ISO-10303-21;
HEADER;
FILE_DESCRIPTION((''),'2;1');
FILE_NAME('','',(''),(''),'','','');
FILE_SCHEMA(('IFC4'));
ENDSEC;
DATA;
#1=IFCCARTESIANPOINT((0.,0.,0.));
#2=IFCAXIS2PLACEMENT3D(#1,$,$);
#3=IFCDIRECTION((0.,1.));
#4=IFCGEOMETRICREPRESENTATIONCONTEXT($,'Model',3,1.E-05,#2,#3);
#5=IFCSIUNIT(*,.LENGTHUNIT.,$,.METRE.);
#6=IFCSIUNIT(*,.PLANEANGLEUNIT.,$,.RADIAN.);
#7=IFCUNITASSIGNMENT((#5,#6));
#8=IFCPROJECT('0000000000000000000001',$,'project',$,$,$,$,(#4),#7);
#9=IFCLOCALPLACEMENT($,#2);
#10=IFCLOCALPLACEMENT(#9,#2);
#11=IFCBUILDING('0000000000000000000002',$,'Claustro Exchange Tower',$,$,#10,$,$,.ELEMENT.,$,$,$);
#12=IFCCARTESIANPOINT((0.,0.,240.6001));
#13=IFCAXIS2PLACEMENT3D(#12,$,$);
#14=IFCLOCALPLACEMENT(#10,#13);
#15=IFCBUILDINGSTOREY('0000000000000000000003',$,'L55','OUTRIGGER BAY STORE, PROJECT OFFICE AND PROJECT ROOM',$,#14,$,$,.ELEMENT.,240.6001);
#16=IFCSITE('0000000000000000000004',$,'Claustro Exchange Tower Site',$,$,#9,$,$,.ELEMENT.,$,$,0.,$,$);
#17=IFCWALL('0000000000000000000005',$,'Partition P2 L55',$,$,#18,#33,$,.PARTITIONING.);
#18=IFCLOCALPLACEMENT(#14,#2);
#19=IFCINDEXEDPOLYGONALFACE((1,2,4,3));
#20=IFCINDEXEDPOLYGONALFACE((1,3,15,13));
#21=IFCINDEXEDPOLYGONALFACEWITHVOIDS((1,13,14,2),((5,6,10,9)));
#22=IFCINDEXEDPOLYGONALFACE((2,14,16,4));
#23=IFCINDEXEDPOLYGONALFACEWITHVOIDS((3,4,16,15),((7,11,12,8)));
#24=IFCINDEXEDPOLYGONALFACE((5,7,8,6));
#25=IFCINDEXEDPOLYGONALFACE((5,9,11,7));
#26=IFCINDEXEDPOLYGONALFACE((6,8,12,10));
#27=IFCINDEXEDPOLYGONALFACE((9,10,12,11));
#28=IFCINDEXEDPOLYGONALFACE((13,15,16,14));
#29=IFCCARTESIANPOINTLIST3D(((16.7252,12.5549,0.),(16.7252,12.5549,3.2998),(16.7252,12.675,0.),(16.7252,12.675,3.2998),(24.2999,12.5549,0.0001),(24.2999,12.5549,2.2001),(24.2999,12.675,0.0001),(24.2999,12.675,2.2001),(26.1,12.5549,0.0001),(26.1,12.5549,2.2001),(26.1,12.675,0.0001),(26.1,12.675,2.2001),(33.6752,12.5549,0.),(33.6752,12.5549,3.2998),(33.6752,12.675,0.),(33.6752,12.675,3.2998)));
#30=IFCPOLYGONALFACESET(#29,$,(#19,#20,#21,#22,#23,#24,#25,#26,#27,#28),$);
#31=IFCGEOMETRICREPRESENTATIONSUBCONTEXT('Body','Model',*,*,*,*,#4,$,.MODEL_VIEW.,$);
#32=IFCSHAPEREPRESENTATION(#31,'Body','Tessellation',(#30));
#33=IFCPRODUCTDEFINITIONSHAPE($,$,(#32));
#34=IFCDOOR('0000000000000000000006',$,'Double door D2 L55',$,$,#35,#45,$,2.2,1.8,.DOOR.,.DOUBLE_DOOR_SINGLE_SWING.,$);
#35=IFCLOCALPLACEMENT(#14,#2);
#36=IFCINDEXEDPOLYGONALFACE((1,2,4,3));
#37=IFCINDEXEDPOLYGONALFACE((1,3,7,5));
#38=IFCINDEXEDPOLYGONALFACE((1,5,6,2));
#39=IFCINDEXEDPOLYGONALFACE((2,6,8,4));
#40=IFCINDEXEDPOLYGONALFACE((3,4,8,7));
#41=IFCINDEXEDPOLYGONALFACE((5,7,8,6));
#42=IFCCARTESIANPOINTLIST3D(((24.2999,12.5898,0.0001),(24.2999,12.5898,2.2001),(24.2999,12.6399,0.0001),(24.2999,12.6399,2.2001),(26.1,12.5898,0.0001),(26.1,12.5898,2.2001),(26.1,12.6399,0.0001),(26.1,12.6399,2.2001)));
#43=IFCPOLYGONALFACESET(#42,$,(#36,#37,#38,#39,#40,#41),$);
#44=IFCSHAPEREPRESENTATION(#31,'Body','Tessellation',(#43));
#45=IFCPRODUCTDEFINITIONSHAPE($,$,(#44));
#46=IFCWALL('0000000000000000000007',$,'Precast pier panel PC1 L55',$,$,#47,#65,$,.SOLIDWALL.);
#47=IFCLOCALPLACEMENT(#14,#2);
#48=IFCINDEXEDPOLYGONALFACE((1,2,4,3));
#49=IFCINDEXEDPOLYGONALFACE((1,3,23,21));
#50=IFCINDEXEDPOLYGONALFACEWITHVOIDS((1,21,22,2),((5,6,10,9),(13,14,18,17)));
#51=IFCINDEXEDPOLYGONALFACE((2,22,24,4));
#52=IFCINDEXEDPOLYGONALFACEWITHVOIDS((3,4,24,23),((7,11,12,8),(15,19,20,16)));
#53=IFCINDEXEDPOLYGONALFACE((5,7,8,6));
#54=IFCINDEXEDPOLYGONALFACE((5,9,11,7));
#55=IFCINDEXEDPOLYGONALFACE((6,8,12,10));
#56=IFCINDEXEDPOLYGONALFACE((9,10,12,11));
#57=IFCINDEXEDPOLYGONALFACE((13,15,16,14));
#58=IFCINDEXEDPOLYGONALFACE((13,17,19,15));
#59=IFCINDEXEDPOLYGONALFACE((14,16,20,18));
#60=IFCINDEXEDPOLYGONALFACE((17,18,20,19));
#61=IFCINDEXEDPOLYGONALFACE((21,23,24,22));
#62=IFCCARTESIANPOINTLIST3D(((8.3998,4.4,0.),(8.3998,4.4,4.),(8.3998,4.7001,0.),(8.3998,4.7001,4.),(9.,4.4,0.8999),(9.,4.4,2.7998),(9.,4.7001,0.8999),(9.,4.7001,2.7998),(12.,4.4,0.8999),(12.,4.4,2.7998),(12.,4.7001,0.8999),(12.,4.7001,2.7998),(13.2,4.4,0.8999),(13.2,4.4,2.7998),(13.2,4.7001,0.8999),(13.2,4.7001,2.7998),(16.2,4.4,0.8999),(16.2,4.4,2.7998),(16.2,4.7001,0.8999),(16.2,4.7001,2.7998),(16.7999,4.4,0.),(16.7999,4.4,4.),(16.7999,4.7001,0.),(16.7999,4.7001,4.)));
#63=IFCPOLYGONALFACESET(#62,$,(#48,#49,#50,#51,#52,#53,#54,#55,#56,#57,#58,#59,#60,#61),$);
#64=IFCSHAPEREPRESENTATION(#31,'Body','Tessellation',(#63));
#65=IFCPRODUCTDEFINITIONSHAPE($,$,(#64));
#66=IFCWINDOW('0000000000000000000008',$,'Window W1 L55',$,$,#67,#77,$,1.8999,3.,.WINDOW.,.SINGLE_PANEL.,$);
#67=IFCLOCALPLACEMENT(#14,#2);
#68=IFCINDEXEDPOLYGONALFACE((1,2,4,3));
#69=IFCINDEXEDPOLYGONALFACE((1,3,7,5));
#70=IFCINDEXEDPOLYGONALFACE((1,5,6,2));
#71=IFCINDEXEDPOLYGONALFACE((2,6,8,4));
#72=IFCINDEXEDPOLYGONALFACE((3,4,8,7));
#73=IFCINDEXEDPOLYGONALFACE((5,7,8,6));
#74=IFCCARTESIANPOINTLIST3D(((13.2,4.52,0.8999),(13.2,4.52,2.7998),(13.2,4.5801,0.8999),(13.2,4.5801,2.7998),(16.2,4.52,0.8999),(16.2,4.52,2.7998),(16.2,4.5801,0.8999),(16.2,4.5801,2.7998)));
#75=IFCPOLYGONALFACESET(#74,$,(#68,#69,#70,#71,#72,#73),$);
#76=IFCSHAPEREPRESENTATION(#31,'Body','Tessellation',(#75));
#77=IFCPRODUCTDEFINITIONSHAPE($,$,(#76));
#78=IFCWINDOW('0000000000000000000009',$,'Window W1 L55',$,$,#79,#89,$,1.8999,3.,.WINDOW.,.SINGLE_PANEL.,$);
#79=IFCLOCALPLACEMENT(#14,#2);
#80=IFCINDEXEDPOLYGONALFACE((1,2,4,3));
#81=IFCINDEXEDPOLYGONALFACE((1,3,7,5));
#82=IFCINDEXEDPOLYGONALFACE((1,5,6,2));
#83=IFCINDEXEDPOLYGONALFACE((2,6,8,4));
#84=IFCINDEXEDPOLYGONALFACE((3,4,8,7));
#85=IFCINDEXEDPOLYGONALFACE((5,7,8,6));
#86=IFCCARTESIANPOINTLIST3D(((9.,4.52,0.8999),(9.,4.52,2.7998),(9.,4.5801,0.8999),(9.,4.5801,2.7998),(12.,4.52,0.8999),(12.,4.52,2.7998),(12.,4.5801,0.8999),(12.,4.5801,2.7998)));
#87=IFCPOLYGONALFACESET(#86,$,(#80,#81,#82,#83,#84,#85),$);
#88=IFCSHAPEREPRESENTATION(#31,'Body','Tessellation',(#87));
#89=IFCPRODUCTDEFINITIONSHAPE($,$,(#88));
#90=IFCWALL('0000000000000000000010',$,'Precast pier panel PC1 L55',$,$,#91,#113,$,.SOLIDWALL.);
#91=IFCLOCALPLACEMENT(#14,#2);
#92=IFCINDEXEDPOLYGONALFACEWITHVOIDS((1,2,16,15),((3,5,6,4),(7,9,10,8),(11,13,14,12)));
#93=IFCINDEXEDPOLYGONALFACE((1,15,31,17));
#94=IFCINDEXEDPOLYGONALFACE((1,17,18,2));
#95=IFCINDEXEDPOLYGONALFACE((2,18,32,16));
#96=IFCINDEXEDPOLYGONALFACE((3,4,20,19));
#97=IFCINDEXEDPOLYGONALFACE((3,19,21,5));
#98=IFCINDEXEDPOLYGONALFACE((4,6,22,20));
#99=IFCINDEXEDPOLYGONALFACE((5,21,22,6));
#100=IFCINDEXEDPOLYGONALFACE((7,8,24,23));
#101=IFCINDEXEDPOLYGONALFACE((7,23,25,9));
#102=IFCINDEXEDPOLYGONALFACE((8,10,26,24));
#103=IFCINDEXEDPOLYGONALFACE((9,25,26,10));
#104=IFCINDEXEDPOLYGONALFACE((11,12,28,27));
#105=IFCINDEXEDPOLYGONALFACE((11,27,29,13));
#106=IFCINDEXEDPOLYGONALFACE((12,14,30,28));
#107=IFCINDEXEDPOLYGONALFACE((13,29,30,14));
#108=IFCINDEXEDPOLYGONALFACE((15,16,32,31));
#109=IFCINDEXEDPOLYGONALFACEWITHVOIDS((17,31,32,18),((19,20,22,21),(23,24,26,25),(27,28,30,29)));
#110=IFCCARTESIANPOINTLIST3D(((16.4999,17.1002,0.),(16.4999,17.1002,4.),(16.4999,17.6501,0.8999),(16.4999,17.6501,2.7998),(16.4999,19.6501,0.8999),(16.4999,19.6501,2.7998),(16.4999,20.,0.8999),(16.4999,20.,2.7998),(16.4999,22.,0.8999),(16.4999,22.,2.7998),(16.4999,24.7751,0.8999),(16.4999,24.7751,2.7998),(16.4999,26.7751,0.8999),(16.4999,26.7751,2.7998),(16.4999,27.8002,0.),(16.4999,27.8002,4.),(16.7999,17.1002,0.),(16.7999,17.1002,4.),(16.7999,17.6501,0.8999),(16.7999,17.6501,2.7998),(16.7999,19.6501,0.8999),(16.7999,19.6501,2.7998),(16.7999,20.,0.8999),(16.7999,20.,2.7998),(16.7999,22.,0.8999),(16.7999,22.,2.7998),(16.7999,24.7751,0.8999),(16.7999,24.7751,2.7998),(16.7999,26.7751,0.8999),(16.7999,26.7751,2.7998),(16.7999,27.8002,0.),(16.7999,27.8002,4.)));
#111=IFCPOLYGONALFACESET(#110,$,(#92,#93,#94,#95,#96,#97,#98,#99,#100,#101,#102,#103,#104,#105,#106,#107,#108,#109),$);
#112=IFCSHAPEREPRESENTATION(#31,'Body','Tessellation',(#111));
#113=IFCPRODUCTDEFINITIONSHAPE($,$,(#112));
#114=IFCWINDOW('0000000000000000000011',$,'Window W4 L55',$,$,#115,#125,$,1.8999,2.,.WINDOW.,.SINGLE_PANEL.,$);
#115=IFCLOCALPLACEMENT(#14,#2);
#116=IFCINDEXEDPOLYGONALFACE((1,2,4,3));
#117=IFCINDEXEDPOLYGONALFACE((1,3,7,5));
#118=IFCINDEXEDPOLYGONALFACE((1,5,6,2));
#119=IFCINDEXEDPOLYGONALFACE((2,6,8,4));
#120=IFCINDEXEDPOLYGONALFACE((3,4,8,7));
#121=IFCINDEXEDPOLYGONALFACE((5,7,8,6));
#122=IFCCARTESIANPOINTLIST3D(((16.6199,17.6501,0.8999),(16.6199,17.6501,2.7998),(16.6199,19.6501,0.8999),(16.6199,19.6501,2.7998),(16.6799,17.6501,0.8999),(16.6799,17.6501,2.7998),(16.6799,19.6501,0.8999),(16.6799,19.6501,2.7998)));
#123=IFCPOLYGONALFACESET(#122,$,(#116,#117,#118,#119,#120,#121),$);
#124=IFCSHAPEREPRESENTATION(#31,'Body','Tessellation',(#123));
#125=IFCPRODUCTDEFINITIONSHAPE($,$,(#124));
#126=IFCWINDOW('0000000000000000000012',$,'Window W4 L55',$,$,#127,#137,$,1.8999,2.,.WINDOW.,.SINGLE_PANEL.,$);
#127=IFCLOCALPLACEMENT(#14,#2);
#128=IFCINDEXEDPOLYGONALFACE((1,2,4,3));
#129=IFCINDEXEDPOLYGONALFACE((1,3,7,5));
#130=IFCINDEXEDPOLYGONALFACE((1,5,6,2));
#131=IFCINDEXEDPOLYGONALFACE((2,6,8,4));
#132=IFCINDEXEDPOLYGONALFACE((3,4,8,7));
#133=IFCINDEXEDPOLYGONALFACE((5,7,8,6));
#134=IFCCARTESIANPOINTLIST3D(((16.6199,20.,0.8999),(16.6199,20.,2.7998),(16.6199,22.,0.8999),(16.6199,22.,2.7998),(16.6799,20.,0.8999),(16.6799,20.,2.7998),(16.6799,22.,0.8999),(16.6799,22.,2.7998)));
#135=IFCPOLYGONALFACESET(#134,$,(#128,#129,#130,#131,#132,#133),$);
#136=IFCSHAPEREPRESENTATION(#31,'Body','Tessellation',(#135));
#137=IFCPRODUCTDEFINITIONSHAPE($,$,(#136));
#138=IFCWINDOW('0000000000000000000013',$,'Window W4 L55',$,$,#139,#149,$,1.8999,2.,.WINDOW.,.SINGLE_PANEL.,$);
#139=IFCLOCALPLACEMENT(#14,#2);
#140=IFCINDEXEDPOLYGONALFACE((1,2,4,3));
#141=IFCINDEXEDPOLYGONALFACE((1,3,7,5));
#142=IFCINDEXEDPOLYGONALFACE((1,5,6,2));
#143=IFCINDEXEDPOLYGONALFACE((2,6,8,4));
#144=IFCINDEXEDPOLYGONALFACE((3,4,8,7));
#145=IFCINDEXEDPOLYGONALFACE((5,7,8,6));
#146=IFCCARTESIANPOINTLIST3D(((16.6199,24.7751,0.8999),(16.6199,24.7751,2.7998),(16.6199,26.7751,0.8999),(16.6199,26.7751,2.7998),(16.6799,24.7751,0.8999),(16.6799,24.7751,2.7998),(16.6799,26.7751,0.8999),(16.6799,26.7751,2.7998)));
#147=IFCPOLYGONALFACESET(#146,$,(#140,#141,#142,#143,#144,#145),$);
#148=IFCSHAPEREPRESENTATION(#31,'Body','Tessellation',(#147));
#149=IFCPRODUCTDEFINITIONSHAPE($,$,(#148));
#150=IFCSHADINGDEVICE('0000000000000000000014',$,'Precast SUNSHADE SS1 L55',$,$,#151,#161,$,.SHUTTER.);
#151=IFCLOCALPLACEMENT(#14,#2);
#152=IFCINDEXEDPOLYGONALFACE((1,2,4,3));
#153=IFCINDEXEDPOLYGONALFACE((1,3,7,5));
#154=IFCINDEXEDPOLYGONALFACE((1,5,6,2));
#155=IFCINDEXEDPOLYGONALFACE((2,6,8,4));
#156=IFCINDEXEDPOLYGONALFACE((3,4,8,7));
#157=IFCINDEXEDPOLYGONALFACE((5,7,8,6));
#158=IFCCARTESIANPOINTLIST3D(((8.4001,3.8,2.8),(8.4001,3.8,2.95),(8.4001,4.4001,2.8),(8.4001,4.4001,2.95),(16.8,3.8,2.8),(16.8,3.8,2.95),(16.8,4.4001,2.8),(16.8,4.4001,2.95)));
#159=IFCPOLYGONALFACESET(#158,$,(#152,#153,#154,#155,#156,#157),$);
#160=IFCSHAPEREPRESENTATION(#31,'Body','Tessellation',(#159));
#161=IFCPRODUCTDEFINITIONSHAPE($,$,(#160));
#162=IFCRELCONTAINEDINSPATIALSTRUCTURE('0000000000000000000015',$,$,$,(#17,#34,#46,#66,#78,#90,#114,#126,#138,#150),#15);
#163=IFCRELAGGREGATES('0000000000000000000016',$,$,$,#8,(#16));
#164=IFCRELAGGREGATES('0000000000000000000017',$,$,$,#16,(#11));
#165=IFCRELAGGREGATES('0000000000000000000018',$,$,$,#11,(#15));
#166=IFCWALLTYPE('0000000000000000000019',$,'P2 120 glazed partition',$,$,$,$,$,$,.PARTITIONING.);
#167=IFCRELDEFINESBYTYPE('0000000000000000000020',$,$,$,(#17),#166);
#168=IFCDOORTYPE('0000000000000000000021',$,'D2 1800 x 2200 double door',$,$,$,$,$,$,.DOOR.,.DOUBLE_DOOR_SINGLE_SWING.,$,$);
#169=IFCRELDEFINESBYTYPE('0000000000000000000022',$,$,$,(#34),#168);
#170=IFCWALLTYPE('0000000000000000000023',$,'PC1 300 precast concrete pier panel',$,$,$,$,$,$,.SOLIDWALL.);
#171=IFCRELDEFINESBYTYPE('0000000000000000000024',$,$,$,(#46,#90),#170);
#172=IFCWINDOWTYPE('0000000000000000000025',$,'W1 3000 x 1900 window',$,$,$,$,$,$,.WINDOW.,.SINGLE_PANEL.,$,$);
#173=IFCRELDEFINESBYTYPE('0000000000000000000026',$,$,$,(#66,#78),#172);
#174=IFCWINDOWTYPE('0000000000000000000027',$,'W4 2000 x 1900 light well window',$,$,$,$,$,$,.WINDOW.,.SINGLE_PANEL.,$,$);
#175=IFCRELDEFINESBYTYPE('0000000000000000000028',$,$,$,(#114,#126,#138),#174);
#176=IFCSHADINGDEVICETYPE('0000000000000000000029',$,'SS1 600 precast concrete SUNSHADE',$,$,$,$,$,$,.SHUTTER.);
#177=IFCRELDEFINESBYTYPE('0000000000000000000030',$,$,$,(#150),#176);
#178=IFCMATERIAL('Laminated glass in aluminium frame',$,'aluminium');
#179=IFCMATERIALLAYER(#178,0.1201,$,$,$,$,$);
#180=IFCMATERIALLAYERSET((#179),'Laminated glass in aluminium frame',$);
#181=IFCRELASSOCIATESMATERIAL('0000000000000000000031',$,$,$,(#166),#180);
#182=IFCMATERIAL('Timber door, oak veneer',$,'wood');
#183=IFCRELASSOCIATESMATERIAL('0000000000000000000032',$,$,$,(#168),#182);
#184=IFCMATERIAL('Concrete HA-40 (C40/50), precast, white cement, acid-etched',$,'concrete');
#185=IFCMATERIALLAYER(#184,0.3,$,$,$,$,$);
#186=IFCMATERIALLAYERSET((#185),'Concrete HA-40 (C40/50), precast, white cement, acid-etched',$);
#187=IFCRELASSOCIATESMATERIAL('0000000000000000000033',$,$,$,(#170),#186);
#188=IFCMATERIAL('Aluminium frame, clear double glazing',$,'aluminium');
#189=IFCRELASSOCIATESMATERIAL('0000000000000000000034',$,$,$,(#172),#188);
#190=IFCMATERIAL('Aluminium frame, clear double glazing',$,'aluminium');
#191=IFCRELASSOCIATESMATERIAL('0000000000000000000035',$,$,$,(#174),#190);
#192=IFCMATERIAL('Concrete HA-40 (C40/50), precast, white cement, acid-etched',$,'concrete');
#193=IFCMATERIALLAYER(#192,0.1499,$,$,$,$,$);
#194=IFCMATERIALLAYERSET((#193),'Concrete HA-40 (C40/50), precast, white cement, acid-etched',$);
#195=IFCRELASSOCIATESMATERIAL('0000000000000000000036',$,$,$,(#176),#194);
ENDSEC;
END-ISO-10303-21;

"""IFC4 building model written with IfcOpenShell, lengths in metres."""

from ifc_helpers import new_model, si_unit, direction, frame, frame_2d, origin, origin_2d, place, context, subcontext, project, spatial, rectangle, extrude, material, layer, layer_set, type_object, element, fill, save


model = new_model("IFC4")

# Units and contexts
model_context = context("Model", 3, precision=1e-05, world=origin(), true_north=direction((0.0, 1.0)))
body_context = subcontext(model_context, "Body", "Model", "MODEL_VIEW")
ifc_project = project(units=[si_unit("LENGTHUNIT", "METRE"), si_unit("PLANEANGLEUNIT", "RADIAN")], contexts=[model_context])

# Site, building, storey
site_placement = place(None, origin())
site = spatial("IfcSite", under=ifc_project, at=site_placement, Name="Claustro Exchange Tower Site", CompositionType="ELEMENT", RefElevation=0.0)
building_placement = place(site_placement, origin())
building = spatial("IfcBuilding", under=site, at=building_placement, Name="Claustro Exchange Tower", CompositionType="ELEMENT")
storey_placement = place(building_placement, frame((0.0, 0.0, 240.6001)))
storey = spatial("IfcBuildingStorey", under=building, at=storey_placement, Name="L55", Description="OUTRIGGER BAY STORE, PROJECT OFFICE AND PROJECT ROOM", CompositionType="ELEMENT", Elevation=240.6001)

# Shared definitions
ifc_material_1 = material(Name="Laminated glass in aluminium frame", Category="aluminium")
ifc_layer_1 = layer(ifc_material_1, 0.1201)
ifc_layer_set_1 = layer_set([ifc_layer_1], Name="Laminated glass in aluminium frame")
wall_type_1 = type_object("IfcWallType", Name="P2 120 glazed partition", PredefinedType="PARTITIONING", material=ifc_layer_set_1)
ifc_material_2 = material(Name="Timber door, oak veneer", Category="wood")
door_type = type_object("IfcDoorType", Name="D2 1800 x 2200 double door", OperationType="DOUBLE_DOOR_SINGLE_SWING", PredefinedType="DOOR", material=ifc_material_2)

# Wall, opening, door
wall_1_placement = place(storey_placement, frame((16.7251, 12.615, 0.0), z_axis=(0.0, 0.0, 1.0), x_axis=(1.0, 0.0, 0.0)))
wall_1 = element("IfcWall", 1, at=wall_1_placement, inside=storey, type_object=wall_type_1, Name="Partition P2 L55", PredefinedType="PARTITIONING", context=body_context, shape_type="SweptSolid", body=[
    extrude(rectangle(XDim=16.95, YDim=0.1201, at=frame_2d((8.4751, 0.0))), origin(), (0.0, 0.0, 1.0), 3.2998),
])
opening_1_placement = place(wall_1_placement, frame((7.575, 0.0, 0.0)))
opening_1 = element("IfcOpeningElement", 2, at=opening_1_placement, cuts=wall_1, PredefinedType="OPENING", context=body_context, shape_type="SweptSolid", body=[
    extrude(rectangle(XDim=1.8, YDim=2.2, at=frame_2d((0.8999, 1.1001))), frame((0.0, 0.0701, 0.0), z_axis=(0.0, -1.0, 0.0), x_axis=(1.0, 0.0, 0.0)), (0.0, 0.0, 1.0), 0.1401),
])
door_1_placement = place(opening_1_placement, origin())
door_1 = element("IfcDoor", 3, at=door_1_placement, inside=storey, type_object=door_type, Name="Double door D2 L55", OperationType="DOUBLE_DOOR_SINGLE_SWING", OverallHeight=2.2, OverallWidth=1.8, PredefinedType="DOOR", context=body_context, shape_type="SweptSolid", body=[
    extrude(rectangle(XDim=1.8, YDim=2.2, at=frame_2d((0.8999, 1.1001))), frame((0.0, 0.0249, 0.0), z_axis=(0.0, -1.0, 0.0), x_axis=(1.0, 0.0, 0.0)), (0.0, 0.0, 1.0), 0.05),
])
fill(opening_1, door_1)

# Walls, openings, windows
ifc_material_3 = material(Name="Concrete HA-40 (C40/50), precast, white cement, acid-etched", Category="concrete")
ifc_layer_2 = layer(ifc_material_3, 0.3)
ifc_layer_set_2 = layer_set([ifc_layer_2], Name="Concrete HA-40 (C40/50), precast, white cement, acid-etched")
wall_type_2 = type_object("IfcWallType", Name="PC1 300 precast concrete pier panel", PredefinedType="SOLIDWALL", material=ifc_layer_set_2)
wall_2_placement = place(storey_placement, frame((16.8, 4.55, 0.0), z_axis=(0.0, 0.0, 1.0), x_axis=(-1.0, 0.0, 0.0)))
wall_2 = element("IfcWall", 4, at=wall_2_placement, inside=storey, type_object=wall_type_2, Name="Precast pier panel PC1 L55", PredefinedType="SOLIDWALL", context=body_context, shape_type="SweptSolid", body=[
    extrude(rectangle(XDim=8.4001, YDim=0.3, at=frame_2d((4.2002, 0.0))), origin(), (0.0, 0.0, 1.0), 4.0),
])
opening_2_placement = place(wall_2_placement, frame((0.6001, 0.0, 0.8999)))
opening_2 = element("IfcOpeningElement", 5, at=opening_2_placement, cuts=wall_2, PredefinedType="OPENING", context=body_context, shape_type="SweptSolid", body=[
    extrude(rectangle(XDim=3.0, YDim=1.8999, at=frame_2d((1.5, 0.95))), frame((0.0, 0.1599, 0.0), z_axis=(0.0, -1.0, 0.0), x_axis=(1.0, 0.0, 0.0)), (0.0, 0.0, 1.0), 0.3201),
])
opening_3_placement = place(wall_2_placement, frame((4.8, 0.0, 0.8999)))
opening_3 = element("IfcOpeningElement", 6, at=opening_3_placement, cuts=wall_2, PredefinedType="OPENING", context=body_context, shape_type="SweptSolid", body=[
    extrude(rectangle(XDim=3.0, YDim=1.8999, at=frame_2d((1.5, 0.95))), frame((0.0, 0.1599, 0.0), z_axis=(0.0, -1.0, 0.0), x_axis=(1.0, 0.0, 0.0)), (0.0, 0.0, 1.0), 0.3201),
])
ifc_material_4 = material(Name="Aluminium frame, clear double glazing", Category="aluminium")
window_type_1 = type_object("IfcWindowType", Name="W1 3000 x 1900 window", PartitioningType="SINGLE_PANEL", PredefinedType="WINDOW", material=ifc_material_4)
window_1_placement = place(opening_2_placement, origin())
window_1 = element("IfcWindow", 7, at=window_1_placement, inside=storey, type_object=window_type_1, Name="Window W1 L55", OverallHeight=1.8999, OverallWidth=3.0, PartitioningType="SINGLE_PANEL", PredefinedType="WINDOW", context=body_context, shape_type="SweptSolid", body=[
    extrude(rectangle(XDim=3.0, YDim=1.8999, at=frame_2d((1.5, 0.95))), frame((0.0, 0.03, 0.0), z_axis=(0.0, -1.0, 0.0), x_axis=(1.0, 0.0, 0.0)), (0.0, 0.0, 1.0), 0.0601),
])
fill(opening_2, window_1)
window_2_placement = place(opening_3_placement, origin())
window_2 = element("IfcWindow", 8, at=window_2_placement, inside=storey, type_object=window_type_1, Name="Window W1 L55", OverallHeight=1.8999, OverallWidth=3.0, PartitioningType="SINGLE_PANEL", PredefinedType="WINDOW", context=body_context, shape_type="SweptSolid", body=[
    extrude(rectangle(XDim=3.0, YDim=1.8999, at=frame_2d((1.5, 0.95))), frame((0.0, 0.03, 0.0), z_axis=(0.0, -1.0, 0.0), x_axis=(1.0, 0.0, 0.0)), (0.0, 0.0, 1.0), 0.0601),
])
fill(opening_3, window_2)
wall_3_placement = place(storey_placement, frame((16.6499, 17.1001, 0.0), z_axis=(0.0, 0.0, 1.0), x_axis=(0.0, 1.0, 0.0)))
wall_3 = element("IfcWall", 9, at=wall_3_placement, inside=storey, type_object=wall_type_2, Name="Precast pier panel PC1 L55", PredefinedType="SOLIDWALL", context=body_context, shape_type="SweptSolid", body=[
    extrude(rectangle(XDim=10.7, YDim=0.3, at=frame_2d((5.3501, 0.0))), origin(), (0.0, 0.0, 1.0), 4.0),
])
opening_4_placement = place(wall_3_placement, frame((0.55, 0.0, 0.8999)))
opening_4 = element("IfcOpeningElement", 10, at=opening_4_placement, cuts=wall_3, PredefinedType="OPENING", context=body_context, shape_type="SweptSolid", body=[
    extrude(rectangle(XDim=2.0, YDim=1.8999, at=frame_2d((1.0, 0.95))), frame((0.0, 0.1599, 0.0), z_axis=(0.0, -1.0, 0.0), x_axis=(1.0, 0.0, 0.0)), (0.0, 0.0, 1.0), 0.3201),
])
opening_5_placement = place(wall_3_placement, frame((2.8999, 0.0, 0.8999)))
opening_5 = element("IfcOpeningElement", 11, at=opening_5_placement, cuts=wall_3, PredefinedType="OPENING", context=body_context, shape_type="SweptSolid", body=[
    extrude(rectangle(XDim=2.0, YDim=1.8999, at=frame_2d((1.0, 0.95))), frame((0.0, 0.1599, 0.0), z_axis=(0.0, -1.0, 0.0), x_axis=(1.0, 0.0, 0.0)), (0.0, 0.0, 1.0), 0.3201),
])
opening_6_placement = place(wall_3_placement, frame((7.675, 0.0, 0.8999)))
opening_6 = element("IfcOpeningElement", 12, at=opening_6_placement, cuts=wall_3, PredefinedType="OPENING", context=body_context, shape_type="SweptSolid", body=[
    extrude(rectangle(XDim=2.0, YDim=1.8999, at=frame_2d((1.0, 0.95))), frame((0.0, 0.1599, 0.0), z_axis=(0.0, -1.0, 0.0), x_axis=(1.0, 0.0, 0.0)), (0.0, 0.0, 1.0), 0.3201),
])
ifc_material_5 = material(Name="Aluminium frame, clear double glazing", Category="aluminium")
window_type_2 = type_object("IfcWindowType", Name="W4 2000 x 1900 light well window", PartitioningType="SINGLE_PANEL", PredefinedType="WINDOW", material=ifc_material_5)
window_3_placement = place(opening_4_placement, origin())
window_3 = element("IfcWindow", 13, at=window_3_placement, inside=storey, type_object=window_type_2, Name="Window W4 L55", OverallHeight=1.8999, OverallWidth=2.0, PartitioningType="SINGLE_PANEL", PredefinedType="WINDOW", context=body_context, shape_type="SweptSolid", body=[
    extrude(rectangle(XDim=2.0, YDim=1.8999, at=frame_2d((1.0, 0.95))), frame((0.0, 0.03, 0.0), z_axis=(0.0, -1.0, 0.0), x_axis=(1.0, 0.0, 0.0)), (0.0, 0.0, 1.0), 0.0601),
])
fill(opening_4, window_3)
window_4_placement = place(opening_5_placement, origin())
window_4 = element("IfcWindow", 14, at=window_4_placement, inside=storey, type_object=window_type_2, Name="Window W4 L55", OverallHeight=1.8999, OverallWidth=2.0, PartitioningType="SINGLE_PANEL", PredefinedType="WINDOW", context=body_context, shape_type="SweptSolid", body=[
    extrude(rectangle(XDim=2.0, YDim=1.8999, at=frame_2d((1.0, 0.95))), frame((0.0, 0.03, 0.0), z_axis=(0.0, -1.0, 0.0), x_axis=(1.0, 0.0, 0.0)), (0.0, 0.0, 1.0), 0.0601),
])
fill(opening_5, window_4)
window_5_placement = place(opening_6_placement, origin())
window_5 = element("IfcWindow", 15, at=window_5_placement, inside=storey, type_object=window_type_2, Name="Window W4 L55", OverallHeight=1.8999, OverallWidth=2.0, PartitioningType="SINGLE_PANEL", PredefinedType="WINDOW", context=body_context, shape_type="SweptSolid", body=[
    extrude(rectangle(XDim=2.0, YDim=1.8999, at=frame_2d((1.0, 0.95))), frame((0.0, 0.03, 0.0), z_axis=(0.0, -1.0, 0.0), x_axis=(1.0, 0.0, 0.0)), (0.0, 0.0, 1.0), 0.0601),
])
fill(opening_6, window_5)

# Shading device
ifc_material_6 = material(Name="Concrete HA-40 (C40/50), precast, white cement, acid-etched", Category="concrete")
ifc_layer_3 = layer(ifc_material_6, 0.1499)
ifc_layer_set_3 = layer_set([ifc_layer_3], Name="Concrete HA-40 (C40/50), precast, white cement, acid-etched")
shading_device_type = type_object("IfcShadingDeviceType", Name="SS1 600 precast concrete SUNSHADE", PredefinedType="SHUTTER", material=ifc_layer_set_3)
shading_device_placement = place(storey_placement, frame((12.6001, 4.1001, 2.8), z_axis=(0.0, 0.0, 1.0), x_axis=(-1.0, 0.0, 0.0)))
element("IfcShadingDevice", 16, at=shading_device_placement, inside=storey, type_object=shading_device_type, Name="Precast SUNSHADE SS1 L55", PredefinedType="SHUTTER", context=body_context, shape_type="SweptSolid", body=[
    extrude(rectangle(XDim=8.3999, YDim=0.6001, at=origin_2d()), origin(), (0.0, 0.0, 1.0), 0.1499),
])

save(model, "model.ifc")
